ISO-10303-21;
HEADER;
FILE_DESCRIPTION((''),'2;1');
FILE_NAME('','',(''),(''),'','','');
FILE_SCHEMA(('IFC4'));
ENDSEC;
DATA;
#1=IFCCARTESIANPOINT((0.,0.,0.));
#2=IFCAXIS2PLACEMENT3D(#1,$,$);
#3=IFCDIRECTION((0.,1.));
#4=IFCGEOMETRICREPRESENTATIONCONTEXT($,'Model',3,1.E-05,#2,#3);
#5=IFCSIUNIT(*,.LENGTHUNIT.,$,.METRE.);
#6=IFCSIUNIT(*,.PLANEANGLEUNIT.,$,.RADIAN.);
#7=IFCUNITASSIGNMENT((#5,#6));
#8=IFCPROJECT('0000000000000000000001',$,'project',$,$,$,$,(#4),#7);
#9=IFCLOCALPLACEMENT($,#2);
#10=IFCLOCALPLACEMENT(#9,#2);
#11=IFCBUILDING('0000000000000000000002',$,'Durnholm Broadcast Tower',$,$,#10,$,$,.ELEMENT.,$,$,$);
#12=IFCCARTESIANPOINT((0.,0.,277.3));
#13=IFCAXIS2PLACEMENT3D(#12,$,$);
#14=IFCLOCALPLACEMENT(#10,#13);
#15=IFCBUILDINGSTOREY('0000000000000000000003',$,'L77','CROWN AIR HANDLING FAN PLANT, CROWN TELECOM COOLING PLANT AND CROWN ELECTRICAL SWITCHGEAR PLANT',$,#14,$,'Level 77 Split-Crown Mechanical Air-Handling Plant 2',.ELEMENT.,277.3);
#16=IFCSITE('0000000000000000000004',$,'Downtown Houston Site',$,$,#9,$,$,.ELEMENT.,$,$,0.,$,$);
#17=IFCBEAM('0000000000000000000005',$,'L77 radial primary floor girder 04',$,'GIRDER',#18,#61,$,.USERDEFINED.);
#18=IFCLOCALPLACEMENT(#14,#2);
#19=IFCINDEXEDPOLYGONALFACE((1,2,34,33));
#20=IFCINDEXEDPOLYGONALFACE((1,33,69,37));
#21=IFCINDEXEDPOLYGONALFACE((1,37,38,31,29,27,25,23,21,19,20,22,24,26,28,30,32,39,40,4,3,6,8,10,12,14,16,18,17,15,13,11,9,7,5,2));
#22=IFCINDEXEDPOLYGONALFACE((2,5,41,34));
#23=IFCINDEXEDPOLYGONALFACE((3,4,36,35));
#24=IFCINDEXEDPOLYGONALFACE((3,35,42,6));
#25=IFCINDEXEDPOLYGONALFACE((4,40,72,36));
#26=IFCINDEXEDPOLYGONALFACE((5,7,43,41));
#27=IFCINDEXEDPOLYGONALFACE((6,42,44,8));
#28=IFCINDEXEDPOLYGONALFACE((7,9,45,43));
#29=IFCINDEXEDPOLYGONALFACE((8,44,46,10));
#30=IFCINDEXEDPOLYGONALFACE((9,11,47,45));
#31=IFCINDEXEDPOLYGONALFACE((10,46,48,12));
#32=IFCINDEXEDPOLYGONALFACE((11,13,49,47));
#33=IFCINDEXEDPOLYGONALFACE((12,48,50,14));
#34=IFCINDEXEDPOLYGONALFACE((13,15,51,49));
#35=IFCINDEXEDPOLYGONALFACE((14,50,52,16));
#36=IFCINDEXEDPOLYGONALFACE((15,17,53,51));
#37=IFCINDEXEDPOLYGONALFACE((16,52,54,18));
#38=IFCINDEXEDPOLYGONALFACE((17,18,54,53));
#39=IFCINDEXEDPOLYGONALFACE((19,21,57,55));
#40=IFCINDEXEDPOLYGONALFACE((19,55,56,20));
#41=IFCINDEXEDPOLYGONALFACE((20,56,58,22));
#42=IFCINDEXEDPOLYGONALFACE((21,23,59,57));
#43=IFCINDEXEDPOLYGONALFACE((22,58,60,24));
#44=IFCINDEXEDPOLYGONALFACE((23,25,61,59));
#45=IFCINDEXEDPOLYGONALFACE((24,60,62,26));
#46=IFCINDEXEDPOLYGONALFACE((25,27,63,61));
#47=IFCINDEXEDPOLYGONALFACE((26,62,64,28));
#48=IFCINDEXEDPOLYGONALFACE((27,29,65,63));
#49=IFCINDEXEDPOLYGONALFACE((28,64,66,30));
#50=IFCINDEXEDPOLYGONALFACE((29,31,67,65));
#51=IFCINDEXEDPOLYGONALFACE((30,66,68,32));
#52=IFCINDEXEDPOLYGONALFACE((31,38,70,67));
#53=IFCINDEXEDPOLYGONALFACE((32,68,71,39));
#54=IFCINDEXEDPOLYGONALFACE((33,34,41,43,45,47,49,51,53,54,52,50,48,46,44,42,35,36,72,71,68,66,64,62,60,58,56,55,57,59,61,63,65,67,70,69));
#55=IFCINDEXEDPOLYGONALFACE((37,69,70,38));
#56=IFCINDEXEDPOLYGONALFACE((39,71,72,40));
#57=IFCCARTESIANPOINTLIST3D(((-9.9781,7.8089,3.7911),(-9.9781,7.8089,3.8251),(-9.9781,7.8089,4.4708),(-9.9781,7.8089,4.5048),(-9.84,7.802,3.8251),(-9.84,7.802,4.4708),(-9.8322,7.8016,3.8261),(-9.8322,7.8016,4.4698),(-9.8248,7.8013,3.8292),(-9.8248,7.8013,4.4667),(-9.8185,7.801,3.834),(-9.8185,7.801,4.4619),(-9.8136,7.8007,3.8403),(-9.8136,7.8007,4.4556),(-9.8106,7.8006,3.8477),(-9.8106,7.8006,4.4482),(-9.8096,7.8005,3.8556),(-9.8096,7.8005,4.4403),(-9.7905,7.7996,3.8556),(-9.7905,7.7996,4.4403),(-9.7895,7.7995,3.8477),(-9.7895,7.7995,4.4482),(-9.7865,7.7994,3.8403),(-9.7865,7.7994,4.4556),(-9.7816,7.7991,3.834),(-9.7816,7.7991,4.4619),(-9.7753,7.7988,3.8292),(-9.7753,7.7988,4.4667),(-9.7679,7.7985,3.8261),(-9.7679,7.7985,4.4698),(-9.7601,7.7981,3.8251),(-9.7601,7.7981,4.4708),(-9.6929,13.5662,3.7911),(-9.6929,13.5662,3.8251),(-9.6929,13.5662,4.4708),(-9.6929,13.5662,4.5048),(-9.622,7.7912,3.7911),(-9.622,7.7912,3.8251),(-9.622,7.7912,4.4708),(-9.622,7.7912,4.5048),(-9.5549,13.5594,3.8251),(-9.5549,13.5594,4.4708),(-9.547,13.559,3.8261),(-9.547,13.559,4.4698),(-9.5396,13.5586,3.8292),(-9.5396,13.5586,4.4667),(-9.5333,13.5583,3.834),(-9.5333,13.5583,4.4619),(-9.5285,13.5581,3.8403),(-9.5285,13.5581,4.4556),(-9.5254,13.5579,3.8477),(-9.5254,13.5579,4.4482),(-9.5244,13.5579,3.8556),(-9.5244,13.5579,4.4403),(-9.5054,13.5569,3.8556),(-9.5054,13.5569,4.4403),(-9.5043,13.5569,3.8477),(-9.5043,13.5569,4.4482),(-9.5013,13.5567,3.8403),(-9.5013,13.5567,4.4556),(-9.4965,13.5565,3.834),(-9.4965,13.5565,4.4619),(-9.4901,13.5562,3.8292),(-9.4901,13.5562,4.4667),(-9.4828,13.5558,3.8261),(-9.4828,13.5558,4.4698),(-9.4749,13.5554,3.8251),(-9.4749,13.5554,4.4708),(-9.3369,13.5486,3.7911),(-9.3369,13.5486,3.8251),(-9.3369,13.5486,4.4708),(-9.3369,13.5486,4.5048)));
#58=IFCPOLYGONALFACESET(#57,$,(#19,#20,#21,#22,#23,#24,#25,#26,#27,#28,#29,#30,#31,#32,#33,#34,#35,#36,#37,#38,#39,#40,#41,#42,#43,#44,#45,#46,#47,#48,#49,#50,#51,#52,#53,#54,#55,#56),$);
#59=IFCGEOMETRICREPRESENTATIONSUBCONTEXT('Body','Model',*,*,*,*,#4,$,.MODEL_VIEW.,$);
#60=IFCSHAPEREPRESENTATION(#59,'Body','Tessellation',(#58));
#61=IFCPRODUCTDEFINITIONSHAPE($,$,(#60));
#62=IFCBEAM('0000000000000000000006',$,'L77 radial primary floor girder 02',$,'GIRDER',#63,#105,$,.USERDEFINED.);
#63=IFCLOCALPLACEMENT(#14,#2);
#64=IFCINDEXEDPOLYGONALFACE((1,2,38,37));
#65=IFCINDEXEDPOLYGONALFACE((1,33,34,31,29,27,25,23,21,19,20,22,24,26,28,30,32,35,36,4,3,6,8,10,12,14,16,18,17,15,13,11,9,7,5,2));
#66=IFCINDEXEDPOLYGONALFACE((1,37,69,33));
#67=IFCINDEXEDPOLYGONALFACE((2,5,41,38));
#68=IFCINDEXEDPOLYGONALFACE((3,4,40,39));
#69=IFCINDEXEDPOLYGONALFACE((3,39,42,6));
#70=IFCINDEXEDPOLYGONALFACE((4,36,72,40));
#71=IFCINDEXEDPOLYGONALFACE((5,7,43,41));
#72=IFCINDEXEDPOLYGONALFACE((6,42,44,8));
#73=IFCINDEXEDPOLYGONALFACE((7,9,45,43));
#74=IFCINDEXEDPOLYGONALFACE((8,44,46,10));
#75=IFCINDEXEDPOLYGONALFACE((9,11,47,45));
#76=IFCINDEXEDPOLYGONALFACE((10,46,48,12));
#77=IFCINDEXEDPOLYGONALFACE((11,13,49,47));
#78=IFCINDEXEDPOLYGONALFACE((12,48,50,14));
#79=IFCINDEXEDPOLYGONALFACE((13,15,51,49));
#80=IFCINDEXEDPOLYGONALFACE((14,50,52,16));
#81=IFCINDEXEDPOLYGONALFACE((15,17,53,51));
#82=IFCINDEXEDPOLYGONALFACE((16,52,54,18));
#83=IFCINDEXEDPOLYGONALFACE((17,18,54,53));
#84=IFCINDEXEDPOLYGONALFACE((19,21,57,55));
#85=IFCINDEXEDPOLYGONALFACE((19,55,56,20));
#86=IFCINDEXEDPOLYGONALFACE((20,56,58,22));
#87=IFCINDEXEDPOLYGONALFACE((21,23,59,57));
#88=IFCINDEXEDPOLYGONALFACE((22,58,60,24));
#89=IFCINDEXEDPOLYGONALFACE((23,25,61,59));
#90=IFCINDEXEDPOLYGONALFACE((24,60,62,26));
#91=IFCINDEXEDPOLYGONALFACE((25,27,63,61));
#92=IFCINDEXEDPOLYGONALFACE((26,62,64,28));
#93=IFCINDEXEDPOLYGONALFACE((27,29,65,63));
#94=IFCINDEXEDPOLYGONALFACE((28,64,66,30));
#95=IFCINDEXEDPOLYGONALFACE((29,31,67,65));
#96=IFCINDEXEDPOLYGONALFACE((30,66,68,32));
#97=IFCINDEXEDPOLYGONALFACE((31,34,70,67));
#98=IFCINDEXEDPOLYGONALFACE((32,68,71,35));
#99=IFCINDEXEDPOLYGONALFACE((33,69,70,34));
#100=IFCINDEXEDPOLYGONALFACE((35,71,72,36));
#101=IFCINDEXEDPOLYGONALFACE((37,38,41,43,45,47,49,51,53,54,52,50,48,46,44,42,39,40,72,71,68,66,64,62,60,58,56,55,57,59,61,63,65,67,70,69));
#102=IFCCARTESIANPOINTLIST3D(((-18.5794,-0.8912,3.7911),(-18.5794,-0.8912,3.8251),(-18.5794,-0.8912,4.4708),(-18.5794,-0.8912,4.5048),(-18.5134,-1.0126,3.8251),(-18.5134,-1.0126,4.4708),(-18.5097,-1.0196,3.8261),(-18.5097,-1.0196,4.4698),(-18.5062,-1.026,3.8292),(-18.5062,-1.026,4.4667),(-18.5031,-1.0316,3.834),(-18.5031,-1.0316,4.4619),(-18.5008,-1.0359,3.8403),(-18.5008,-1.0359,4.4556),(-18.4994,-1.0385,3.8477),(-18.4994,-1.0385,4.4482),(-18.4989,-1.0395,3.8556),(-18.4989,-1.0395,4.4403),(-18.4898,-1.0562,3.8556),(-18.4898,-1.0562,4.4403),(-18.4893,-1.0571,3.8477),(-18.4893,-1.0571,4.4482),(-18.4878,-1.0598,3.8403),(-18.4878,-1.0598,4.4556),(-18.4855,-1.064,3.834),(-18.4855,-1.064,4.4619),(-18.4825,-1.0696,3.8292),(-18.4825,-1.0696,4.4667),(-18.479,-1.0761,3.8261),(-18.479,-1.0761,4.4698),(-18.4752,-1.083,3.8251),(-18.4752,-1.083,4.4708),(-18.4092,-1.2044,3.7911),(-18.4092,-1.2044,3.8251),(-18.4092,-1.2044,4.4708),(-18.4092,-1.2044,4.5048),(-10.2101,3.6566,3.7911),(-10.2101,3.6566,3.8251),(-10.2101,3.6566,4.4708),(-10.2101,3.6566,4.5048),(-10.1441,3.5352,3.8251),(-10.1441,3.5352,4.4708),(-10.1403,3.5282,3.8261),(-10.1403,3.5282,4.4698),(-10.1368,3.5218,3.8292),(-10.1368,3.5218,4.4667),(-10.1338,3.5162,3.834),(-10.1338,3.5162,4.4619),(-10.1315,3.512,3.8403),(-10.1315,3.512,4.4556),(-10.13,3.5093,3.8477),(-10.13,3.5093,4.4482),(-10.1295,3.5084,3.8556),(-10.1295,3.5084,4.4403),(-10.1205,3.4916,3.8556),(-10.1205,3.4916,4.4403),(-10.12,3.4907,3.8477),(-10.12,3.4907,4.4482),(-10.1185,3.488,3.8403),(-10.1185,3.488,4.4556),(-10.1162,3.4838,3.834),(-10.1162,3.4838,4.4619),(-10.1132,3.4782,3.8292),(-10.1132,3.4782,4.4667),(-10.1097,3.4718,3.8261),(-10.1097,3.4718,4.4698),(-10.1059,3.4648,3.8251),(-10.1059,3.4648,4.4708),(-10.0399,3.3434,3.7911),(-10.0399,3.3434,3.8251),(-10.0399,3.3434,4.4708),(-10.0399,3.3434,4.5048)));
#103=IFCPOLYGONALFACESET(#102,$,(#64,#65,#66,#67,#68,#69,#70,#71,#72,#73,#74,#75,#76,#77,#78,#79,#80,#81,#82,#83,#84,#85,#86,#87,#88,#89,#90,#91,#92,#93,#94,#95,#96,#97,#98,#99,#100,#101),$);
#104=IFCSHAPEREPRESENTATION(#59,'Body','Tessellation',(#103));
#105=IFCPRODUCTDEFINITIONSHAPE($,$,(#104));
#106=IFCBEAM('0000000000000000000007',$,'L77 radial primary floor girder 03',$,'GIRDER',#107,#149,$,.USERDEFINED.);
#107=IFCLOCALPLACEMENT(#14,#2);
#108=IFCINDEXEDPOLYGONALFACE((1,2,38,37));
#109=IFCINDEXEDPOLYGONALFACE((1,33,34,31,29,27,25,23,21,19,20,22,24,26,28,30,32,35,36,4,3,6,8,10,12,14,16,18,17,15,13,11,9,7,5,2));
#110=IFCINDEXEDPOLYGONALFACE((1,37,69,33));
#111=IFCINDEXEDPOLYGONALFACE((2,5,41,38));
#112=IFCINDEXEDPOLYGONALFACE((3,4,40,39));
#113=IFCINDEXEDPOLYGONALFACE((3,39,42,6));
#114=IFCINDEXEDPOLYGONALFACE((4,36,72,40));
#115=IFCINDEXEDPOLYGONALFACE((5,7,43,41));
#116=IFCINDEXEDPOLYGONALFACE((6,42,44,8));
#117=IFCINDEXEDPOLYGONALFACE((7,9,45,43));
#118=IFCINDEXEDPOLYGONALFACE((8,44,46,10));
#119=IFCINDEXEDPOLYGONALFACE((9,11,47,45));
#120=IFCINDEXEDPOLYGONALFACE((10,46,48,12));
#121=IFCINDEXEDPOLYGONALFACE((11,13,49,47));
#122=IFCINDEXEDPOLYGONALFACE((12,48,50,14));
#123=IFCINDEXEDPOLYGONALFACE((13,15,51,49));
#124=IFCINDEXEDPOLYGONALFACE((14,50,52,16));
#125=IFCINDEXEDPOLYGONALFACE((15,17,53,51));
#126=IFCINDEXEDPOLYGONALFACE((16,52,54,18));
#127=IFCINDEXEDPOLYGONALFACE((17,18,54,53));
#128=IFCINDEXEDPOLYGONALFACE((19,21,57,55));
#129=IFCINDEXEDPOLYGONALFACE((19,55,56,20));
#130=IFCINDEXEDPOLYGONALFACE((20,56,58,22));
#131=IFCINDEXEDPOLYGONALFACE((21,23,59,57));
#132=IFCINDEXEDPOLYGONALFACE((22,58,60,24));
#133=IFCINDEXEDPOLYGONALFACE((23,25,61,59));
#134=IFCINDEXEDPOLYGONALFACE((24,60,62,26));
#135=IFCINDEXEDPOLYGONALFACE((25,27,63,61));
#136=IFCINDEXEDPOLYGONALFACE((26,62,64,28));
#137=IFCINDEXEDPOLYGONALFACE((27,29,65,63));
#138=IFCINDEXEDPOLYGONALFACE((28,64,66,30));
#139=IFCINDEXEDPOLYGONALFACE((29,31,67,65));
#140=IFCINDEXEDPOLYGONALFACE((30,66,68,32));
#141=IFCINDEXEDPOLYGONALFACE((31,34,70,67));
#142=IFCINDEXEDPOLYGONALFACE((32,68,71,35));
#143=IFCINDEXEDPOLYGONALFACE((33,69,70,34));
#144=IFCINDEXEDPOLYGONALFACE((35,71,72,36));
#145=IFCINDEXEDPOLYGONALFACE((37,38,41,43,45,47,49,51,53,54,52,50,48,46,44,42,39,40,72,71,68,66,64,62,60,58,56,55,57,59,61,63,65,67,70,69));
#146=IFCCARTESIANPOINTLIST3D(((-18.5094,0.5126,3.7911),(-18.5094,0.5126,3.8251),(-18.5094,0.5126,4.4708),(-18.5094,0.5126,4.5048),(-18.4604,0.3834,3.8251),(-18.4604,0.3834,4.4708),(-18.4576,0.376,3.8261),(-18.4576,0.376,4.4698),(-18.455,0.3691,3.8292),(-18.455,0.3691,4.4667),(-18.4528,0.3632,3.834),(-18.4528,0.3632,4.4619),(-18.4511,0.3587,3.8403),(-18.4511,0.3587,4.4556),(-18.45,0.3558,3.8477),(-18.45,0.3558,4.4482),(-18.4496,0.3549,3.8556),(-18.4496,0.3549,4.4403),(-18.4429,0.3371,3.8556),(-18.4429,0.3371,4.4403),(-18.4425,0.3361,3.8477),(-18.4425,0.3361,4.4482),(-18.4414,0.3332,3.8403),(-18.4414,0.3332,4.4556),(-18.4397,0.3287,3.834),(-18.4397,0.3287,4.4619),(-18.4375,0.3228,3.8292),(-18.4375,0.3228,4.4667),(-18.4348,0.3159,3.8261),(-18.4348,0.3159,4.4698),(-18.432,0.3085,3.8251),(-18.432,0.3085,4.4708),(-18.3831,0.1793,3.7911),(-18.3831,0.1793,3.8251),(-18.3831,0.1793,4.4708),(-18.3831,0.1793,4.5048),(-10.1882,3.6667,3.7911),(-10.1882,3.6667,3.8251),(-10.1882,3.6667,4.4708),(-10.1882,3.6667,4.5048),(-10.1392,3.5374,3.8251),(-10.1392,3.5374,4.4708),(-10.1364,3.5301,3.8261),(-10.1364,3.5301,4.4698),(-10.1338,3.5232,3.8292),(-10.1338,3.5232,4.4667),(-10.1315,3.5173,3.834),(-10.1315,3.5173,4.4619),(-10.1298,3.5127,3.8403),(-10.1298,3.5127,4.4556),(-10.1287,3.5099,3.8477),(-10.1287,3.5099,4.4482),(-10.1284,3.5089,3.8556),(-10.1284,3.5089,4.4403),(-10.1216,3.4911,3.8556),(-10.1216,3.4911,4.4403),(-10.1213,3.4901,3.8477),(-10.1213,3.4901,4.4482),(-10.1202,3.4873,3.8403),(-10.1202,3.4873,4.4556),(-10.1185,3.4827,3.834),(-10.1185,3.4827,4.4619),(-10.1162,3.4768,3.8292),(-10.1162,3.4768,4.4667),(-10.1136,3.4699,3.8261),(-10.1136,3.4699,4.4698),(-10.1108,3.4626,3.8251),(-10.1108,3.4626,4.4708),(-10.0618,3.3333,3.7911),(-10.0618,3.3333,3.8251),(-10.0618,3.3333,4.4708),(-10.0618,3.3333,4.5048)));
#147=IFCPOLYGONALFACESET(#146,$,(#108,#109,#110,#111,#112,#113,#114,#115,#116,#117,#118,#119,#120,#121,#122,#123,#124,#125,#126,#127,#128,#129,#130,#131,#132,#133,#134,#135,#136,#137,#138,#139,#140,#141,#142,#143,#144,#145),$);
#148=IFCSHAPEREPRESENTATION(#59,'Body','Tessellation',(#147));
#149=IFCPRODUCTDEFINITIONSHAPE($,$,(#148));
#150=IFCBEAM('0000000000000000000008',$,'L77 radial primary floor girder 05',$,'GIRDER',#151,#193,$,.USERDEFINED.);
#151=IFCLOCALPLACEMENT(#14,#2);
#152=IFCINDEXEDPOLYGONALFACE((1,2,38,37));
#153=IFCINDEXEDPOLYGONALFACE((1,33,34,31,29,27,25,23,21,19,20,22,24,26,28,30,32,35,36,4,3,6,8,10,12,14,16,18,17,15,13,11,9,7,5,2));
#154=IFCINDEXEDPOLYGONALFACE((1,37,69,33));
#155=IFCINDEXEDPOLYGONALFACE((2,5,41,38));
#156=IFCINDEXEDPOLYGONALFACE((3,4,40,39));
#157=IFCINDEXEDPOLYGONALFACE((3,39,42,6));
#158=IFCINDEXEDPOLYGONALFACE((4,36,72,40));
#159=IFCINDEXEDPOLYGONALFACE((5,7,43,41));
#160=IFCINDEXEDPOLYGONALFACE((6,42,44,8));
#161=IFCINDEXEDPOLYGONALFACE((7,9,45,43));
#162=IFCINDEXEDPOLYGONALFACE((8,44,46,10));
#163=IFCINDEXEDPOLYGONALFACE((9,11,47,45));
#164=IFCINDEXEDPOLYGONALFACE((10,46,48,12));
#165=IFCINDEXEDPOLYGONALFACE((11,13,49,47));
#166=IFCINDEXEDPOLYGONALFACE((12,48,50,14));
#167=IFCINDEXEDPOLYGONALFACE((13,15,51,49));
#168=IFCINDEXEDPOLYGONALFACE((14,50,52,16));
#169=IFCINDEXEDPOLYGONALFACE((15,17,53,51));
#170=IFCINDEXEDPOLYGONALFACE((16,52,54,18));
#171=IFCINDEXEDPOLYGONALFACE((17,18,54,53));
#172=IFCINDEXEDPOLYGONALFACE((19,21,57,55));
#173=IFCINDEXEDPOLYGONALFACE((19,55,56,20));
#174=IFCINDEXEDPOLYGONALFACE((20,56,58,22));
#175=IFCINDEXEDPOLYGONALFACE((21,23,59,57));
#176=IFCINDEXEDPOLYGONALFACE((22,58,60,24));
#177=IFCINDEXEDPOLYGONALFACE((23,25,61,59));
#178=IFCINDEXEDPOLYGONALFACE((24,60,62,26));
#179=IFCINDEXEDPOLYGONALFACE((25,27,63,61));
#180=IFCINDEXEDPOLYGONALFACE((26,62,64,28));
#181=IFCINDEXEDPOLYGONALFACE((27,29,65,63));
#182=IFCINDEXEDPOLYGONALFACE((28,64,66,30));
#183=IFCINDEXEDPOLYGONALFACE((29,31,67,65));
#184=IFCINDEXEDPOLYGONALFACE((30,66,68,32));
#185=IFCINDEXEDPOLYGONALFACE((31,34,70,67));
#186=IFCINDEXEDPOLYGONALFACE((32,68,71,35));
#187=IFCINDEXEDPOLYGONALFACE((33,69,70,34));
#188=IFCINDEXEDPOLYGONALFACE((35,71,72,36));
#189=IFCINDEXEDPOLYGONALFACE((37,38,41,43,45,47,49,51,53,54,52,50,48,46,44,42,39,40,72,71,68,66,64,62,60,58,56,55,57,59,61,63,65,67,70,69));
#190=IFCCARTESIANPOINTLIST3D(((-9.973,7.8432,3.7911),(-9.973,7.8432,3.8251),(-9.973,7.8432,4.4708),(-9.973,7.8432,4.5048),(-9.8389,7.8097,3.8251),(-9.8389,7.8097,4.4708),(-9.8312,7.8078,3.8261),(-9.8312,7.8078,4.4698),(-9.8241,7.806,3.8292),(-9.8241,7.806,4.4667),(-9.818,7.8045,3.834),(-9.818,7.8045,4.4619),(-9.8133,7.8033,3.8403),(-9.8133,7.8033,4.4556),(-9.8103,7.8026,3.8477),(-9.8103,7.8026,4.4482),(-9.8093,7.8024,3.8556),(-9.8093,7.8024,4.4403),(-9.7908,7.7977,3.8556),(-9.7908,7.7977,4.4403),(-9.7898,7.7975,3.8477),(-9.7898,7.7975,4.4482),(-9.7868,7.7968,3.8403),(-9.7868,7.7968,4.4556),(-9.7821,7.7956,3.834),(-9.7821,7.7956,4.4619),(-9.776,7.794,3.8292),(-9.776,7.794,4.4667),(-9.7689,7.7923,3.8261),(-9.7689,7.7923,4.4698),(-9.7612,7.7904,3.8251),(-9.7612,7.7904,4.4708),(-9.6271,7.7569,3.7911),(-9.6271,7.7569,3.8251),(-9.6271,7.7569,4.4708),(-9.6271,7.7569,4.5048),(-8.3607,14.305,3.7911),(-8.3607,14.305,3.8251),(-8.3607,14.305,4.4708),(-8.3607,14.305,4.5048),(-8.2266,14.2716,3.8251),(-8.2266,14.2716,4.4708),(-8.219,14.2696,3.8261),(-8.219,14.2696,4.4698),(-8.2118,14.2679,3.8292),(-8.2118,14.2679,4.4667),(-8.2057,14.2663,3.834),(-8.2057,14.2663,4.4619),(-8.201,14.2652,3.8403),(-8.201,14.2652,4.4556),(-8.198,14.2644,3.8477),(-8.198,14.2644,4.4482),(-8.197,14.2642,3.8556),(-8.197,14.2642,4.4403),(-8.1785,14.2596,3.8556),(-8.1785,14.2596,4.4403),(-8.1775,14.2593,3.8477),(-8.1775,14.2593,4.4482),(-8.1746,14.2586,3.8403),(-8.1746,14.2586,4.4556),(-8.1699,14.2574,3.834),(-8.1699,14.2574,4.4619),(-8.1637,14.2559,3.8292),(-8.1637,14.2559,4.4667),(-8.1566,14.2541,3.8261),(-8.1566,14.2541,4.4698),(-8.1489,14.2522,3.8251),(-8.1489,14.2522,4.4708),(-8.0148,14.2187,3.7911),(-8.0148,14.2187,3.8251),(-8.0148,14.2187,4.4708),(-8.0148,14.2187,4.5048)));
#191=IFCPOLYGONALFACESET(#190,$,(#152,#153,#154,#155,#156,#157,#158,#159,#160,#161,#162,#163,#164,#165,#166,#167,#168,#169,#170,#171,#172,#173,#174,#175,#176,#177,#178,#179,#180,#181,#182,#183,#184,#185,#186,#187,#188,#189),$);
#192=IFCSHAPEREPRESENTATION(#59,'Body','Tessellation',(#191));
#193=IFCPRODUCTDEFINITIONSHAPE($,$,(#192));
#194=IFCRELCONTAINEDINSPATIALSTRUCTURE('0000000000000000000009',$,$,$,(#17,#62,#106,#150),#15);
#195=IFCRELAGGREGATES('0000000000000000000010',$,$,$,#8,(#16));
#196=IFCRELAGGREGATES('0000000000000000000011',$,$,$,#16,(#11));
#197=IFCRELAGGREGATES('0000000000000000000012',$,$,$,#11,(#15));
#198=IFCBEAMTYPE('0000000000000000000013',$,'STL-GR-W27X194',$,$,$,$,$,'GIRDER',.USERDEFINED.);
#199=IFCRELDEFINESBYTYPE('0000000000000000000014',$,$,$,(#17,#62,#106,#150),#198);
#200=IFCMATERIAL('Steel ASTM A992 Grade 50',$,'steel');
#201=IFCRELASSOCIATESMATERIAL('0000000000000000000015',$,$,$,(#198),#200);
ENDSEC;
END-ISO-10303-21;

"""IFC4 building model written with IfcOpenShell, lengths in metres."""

from ifc_helpers import new_model, si_unit, direction, frame, origin, origin_2d, place, context, subcontext, project, spatial, i_section, extrude, source, transform, mapped, material, material_profile, profile_set, type_object, type_shapes, element, save


model = new_model("IFC4")

# Units and contexts
model_context = context("Model", 3, precision=1e-05, world=origin(), true_north=direction((0.0, 1.0)))
body_context = subcontext(model_context, "Body", "Model", "MODEL_VIEW")
ifc_project = project(units=[si_unit("LENGTHUNIT", "METRE"), si_unit("PLANEANGLEUNIT", "RADIAN")], contexts=[model_context])

# Site, building, storey
site_placement = place(None, origin())
site = spatial("IfcSite", under=ifc_project, at=site_placement, Name="Downtown Houston Site", CompositionType="ELEMENT", RefElevation=0.0)
building_placement = place(site_placement, origin())
building = spatial("IfcBuilding", under=site, at=building_placement, Name="Durnholm Broadcast Tower", CompositionType="ELEMENT")
storey_placement = place(building_placement, frame((0.0, 0.0, 277.3)))
storey = spatial("IfcBuildingStorey", under=building, at=storey_placement, Name="L77", Description="CROWN AIR HANDLING FAN PLANT, CROWN TELECOM COOLING PLANT AND CROWN ELECTRICAL SWITCHGEAR PLANT", LongName="Level 77 Split-Crown Mechanical Air-Handling Plant 2", CompositionType="ELEMENT", Elevation=277.3)

# Beams
ifc_material_1 = material(Name="Steel ASTM A992 Grade 50", Category="steel")
ifc_material_profile_1 = material_profile(ifc_material_1, i_section(OverallWidth=0.3564, OverallDepth=0.7136, WebThickness=0.019, FlangeThickness=0.0339, FilletRadius=0.0305, at=origin_2d()), Name="W27X194")
ifc_profile_set_1 = profile_set([ifc_material_profile_1], Name="Steel ASTM A992 Grade 50")
beam_type_1 = type_object("IfcBeamType", Name="STL-GR-W27X194", ElementType="GIRDER", PredefinedType="USERDEFINED", material=ifc_profile_set_1)
shared_shape_1 = source(origin(), body_context, "Body", "SweptSolid", [
    extrude(i_section(OverallWidth=0.3564, OverallDepth=0.7136, WebThickness=0.019, FlangeThickness=0.0339, FilletRadius=0.0305, at=origin_2d()), origin(), (0.0, 0.0, 1.0), 5.7644),
])
beam_1_placement = place(storey_placement, frame((-9.8, 7.8, 4.1479), z_axis=(0.049469, 0.998776, 0.0), x_axis=(-0.998776, 0.049469, 0.0)))
element("IfcBeam", 1, at=beam_1_placement, inside=storey, type_object=beam_type_1, Name="L77 radial primary floor girder 04", ObjectType="GIRDER", PredefinedType="USERDEFINED", context=body_context, shape_type="MappedRepresentation", body=[
    mapped(shared_shape_1, transform((0.0, 0.0, 0.0), x_axis=(1.0, 0.0, 0.0), y_axis=(0.0, 1.0, 0.0), z_axis=(0.0, 0.0, 1.0), scale=1.0)),
])
shared_shape_2 = source(origin(), body_context, "Body", "SweptSolid", [
    extrude(i_section(OverallWidth=0.3564, OverallDepth=0.7136, WebThickness=0.019, FlangeThickness=0.0339, FilletRadius=0.0305, at=origin_2d()), origin(), (0.0, 0.0, 1.0), 9.5251),
])
beam_2_placement = place(storey_placement, frame((-10.125, 3.5, 4.1479), z_axis=(-0.878657, -0.477454, 0.0), x_axis=(0.477454, -0.878657, 0.0)))
element("IfcBeam", 2, at=beam_2_placement, inside=storey, type_object=beam_type_1, Name="L77 radial primary floor girder 02", ObjectType="GIRDER", PredefinedType="USERDEFINED", context=body_context, shape_type="MappedRepresentation", body=[
    mapped(shared_shape_2, transform((0.0, 0.0, 0.0), x_axis=(1.0, 0.0, 0.0), y_axis=(0.0, 1.0, 0.0), z_axis=(0.0, 0.0, 1.0), scale=1.0)),
])
shared_shape_3 = source(origin(), body_context, "Body", "SweptSolid", [
    extrude(i_section(OverallWidth=0.3564, OverallDepth=0.7136, WebThickness=0.019, FlangeThickness=0.0339, FilletRadius=0.0305, at=origin_2d()), origin(), (0.0, 0.0, 1.0), 8.8989),
])
beam_3_placement = place(storey_placement, frame((-10.125, 3.5, 4.1479), z_axis=(-0.935083, -0.354428, 0.0), x_axis=(0.354428, -0.935083, 0.0)))
element("IfcBeam", 3, at=beam_3_placement, inside=storey, type_object=beam_type_1, Name="L77 radial primary floor girder 03", ObjectType="GIRDER", PredefinedType="USERDEFINED", context=body_context, shape_type="MappedRepresentation", body=[
    mapped(shared_shape_3, transform((0.0, 0.0, 0.0), x_axis=(1.0, 0.0, 0.0), y_axis=(0.0, 1.0, 0.0), z_axis=(0.0, 0.0, 1.0), scale=1.0)),
])
shared_shape_4 = source(origin(), body_context, "Body", "SweptSolid", [
    extrude(i_section(OverallWidth=0.3564, OverallDepth=0.7136, WebThickness=0.019, FlangeThickness=0.0339, FilletRadius=0.0305, at=origin_2d()), origin(), (0.0, 0.0, 1.0), 6.6599),
])
type_shapes(beam_type_1, [shared_shape_1, shared_shape_2, shared_shape_3, shared_shape_4])
beam_4_placement = place(storey_placement, frame((-9.8, 7.8, 4.1479), z_axis=(0.242087, 0.970255, 0.0), x_axis=(-0.970255, 0.242087, 0.0)))
element("IfcBeam", 4, at=beam_4_placement, inside=storey, type_object=beam_type_1, Name="L77 radial primary floor girder 05", ObjectType="GIRDER", PredefinedType="USERDEFINED", context=body_context, shape_type="MappedRepresentation", body=[
    mapped(shared_shape_4, transform((0.0, 0.0, 0.0), x_axis=(1.0, 0.0, 0.0), y_axis=(0.0, 1.0, 0.0), z_axis=(0.0, 0.0, 1.0), scale=1.0)),
])

save(model, "model.ifc")
